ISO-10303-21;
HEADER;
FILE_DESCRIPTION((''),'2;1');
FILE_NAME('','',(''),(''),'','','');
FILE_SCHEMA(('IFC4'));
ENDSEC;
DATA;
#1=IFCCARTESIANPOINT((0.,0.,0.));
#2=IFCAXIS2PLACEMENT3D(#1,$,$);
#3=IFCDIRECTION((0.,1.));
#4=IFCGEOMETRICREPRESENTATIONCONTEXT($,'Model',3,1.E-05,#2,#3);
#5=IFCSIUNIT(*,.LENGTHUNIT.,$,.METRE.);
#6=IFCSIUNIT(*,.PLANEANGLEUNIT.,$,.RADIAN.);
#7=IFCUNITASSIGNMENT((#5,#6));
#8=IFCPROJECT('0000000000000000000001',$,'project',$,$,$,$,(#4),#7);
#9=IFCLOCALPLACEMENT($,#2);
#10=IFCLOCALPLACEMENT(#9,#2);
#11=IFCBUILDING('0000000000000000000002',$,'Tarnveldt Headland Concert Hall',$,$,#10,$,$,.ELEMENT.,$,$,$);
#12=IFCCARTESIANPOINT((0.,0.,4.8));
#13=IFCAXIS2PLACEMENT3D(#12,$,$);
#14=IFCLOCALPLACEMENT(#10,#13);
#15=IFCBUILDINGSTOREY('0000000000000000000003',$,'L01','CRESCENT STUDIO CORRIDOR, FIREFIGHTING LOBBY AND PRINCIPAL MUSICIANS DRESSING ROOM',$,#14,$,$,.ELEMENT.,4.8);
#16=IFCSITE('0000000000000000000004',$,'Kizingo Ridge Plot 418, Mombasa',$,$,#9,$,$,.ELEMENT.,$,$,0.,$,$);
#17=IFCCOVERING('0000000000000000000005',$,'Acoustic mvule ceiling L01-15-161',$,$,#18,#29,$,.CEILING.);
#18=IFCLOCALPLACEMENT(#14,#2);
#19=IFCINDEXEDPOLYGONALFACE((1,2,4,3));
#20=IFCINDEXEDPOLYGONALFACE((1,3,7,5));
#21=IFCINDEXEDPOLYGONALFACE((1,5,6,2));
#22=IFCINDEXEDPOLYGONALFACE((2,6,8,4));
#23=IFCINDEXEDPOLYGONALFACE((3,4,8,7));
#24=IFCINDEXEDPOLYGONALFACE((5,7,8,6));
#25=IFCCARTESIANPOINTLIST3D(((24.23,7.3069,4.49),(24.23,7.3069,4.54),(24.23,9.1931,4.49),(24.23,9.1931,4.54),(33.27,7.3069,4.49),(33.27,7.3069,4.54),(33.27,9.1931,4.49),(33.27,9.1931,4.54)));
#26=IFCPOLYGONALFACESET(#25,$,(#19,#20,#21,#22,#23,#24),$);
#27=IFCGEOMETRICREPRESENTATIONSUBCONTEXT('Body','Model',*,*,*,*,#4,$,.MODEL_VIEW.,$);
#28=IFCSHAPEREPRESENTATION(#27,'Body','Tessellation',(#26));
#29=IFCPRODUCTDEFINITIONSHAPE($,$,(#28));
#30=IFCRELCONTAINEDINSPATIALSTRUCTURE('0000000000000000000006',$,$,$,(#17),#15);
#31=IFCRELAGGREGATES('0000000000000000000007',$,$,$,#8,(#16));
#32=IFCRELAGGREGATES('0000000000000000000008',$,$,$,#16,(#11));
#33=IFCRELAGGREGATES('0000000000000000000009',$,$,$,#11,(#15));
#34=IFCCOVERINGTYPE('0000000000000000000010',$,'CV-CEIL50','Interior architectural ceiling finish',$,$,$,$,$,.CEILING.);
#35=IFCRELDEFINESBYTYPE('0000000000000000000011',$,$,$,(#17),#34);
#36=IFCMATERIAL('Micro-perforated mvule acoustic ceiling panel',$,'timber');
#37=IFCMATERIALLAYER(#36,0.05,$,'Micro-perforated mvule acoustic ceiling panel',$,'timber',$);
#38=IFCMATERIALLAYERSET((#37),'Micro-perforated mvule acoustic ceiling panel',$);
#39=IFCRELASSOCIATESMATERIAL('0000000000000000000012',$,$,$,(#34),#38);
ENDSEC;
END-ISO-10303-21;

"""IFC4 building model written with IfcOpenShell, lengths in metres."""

from ifc_helpers import new_model, si_unit, direction, frame, origin, place, context, subcontext, project, spatial, polyline, outline, extrude, material, layer, layer_set, type_object, element, save


model = new_model("IFC4")

# Units and contexts
model_context = context("Model", 3, precision=1e-05, world=origin(), true_north=direction((0.0, 1.0)))
body_context = subcontext(model_context, "Body", "Model", "MODEL_VIEW")
ifc_project = project(units=[si_unit("LENGTHUNIT", "METRE"), si_unit("PLANEANGLEUNIT", "RADIAN")], contexts=[model_context])

# Site, building, storey
site_placement = place(None, origin())
site = spatial("IfcSite", under=ifc_project, at=site_placement, Name="Kizingo Ridge Plot 418, Mombasa", CompositionType="ELEMENT", RefElevation=0.0)
building_placement = place(site_placement, origin())
building = spatial("IfcBuilding", under=site, at=building_placement, Name="Tarnveldt Headland Concert Hall", CompositionType="ELEMENT")
storey_placement = place(building_placement, frame((0.0, 0.0, 4.8)))
storey = spatial("IfcBuildingStorey", under=building, at=storey_placement, Name="L01", Description="CRESCENT STUDIO CORRIDOR, FIREFIGHTING LOBBY AND PRINCIPAL MUSICIANS DRESSING ROOM", CompositionType="ELEMENT", Elevation=4.8)

# Covering
ifc_material = material(Name="Micro-perforated mvule acoustic ceiling panel", Category="timber")
ifc_layer = layer(ifc_material, 0.05, Name="Micro-perforated mvule acoustic ceiling panel", Category="timber")
ifc_layer_set = layer_set([ifc_layer], Name="Micro-perforated mvule acoustic ceiling panel")
covering_type = type_object("IfcCoveringType", Name="CV-CEIL50", Description="Interior architectural ceiling finish", PredefinedType="CEILING", material=ifc_layer_set)
covering_1_placement = place(storey_placement, frame((0.0, 0.0, 4.49)))
element("IfcCovering", 1, at=covering_1_placement, inside=storey, type_object=covering_type, Name="Acoustic mvule ceiling L01-15-161", PredefinedType="CEILING", context=body_context, shape_type="SweptSolid", body=[
    extrude(outline(polyline([(24.23, 9.1931), (33.27, 9.1931), (33.27, 7.3069), (24.23, 7.3069), (24.23, 9.1931)])), origin(), (0.0, 0.0, 1.0), 0.05),
])

save(model, "model.ifc")
